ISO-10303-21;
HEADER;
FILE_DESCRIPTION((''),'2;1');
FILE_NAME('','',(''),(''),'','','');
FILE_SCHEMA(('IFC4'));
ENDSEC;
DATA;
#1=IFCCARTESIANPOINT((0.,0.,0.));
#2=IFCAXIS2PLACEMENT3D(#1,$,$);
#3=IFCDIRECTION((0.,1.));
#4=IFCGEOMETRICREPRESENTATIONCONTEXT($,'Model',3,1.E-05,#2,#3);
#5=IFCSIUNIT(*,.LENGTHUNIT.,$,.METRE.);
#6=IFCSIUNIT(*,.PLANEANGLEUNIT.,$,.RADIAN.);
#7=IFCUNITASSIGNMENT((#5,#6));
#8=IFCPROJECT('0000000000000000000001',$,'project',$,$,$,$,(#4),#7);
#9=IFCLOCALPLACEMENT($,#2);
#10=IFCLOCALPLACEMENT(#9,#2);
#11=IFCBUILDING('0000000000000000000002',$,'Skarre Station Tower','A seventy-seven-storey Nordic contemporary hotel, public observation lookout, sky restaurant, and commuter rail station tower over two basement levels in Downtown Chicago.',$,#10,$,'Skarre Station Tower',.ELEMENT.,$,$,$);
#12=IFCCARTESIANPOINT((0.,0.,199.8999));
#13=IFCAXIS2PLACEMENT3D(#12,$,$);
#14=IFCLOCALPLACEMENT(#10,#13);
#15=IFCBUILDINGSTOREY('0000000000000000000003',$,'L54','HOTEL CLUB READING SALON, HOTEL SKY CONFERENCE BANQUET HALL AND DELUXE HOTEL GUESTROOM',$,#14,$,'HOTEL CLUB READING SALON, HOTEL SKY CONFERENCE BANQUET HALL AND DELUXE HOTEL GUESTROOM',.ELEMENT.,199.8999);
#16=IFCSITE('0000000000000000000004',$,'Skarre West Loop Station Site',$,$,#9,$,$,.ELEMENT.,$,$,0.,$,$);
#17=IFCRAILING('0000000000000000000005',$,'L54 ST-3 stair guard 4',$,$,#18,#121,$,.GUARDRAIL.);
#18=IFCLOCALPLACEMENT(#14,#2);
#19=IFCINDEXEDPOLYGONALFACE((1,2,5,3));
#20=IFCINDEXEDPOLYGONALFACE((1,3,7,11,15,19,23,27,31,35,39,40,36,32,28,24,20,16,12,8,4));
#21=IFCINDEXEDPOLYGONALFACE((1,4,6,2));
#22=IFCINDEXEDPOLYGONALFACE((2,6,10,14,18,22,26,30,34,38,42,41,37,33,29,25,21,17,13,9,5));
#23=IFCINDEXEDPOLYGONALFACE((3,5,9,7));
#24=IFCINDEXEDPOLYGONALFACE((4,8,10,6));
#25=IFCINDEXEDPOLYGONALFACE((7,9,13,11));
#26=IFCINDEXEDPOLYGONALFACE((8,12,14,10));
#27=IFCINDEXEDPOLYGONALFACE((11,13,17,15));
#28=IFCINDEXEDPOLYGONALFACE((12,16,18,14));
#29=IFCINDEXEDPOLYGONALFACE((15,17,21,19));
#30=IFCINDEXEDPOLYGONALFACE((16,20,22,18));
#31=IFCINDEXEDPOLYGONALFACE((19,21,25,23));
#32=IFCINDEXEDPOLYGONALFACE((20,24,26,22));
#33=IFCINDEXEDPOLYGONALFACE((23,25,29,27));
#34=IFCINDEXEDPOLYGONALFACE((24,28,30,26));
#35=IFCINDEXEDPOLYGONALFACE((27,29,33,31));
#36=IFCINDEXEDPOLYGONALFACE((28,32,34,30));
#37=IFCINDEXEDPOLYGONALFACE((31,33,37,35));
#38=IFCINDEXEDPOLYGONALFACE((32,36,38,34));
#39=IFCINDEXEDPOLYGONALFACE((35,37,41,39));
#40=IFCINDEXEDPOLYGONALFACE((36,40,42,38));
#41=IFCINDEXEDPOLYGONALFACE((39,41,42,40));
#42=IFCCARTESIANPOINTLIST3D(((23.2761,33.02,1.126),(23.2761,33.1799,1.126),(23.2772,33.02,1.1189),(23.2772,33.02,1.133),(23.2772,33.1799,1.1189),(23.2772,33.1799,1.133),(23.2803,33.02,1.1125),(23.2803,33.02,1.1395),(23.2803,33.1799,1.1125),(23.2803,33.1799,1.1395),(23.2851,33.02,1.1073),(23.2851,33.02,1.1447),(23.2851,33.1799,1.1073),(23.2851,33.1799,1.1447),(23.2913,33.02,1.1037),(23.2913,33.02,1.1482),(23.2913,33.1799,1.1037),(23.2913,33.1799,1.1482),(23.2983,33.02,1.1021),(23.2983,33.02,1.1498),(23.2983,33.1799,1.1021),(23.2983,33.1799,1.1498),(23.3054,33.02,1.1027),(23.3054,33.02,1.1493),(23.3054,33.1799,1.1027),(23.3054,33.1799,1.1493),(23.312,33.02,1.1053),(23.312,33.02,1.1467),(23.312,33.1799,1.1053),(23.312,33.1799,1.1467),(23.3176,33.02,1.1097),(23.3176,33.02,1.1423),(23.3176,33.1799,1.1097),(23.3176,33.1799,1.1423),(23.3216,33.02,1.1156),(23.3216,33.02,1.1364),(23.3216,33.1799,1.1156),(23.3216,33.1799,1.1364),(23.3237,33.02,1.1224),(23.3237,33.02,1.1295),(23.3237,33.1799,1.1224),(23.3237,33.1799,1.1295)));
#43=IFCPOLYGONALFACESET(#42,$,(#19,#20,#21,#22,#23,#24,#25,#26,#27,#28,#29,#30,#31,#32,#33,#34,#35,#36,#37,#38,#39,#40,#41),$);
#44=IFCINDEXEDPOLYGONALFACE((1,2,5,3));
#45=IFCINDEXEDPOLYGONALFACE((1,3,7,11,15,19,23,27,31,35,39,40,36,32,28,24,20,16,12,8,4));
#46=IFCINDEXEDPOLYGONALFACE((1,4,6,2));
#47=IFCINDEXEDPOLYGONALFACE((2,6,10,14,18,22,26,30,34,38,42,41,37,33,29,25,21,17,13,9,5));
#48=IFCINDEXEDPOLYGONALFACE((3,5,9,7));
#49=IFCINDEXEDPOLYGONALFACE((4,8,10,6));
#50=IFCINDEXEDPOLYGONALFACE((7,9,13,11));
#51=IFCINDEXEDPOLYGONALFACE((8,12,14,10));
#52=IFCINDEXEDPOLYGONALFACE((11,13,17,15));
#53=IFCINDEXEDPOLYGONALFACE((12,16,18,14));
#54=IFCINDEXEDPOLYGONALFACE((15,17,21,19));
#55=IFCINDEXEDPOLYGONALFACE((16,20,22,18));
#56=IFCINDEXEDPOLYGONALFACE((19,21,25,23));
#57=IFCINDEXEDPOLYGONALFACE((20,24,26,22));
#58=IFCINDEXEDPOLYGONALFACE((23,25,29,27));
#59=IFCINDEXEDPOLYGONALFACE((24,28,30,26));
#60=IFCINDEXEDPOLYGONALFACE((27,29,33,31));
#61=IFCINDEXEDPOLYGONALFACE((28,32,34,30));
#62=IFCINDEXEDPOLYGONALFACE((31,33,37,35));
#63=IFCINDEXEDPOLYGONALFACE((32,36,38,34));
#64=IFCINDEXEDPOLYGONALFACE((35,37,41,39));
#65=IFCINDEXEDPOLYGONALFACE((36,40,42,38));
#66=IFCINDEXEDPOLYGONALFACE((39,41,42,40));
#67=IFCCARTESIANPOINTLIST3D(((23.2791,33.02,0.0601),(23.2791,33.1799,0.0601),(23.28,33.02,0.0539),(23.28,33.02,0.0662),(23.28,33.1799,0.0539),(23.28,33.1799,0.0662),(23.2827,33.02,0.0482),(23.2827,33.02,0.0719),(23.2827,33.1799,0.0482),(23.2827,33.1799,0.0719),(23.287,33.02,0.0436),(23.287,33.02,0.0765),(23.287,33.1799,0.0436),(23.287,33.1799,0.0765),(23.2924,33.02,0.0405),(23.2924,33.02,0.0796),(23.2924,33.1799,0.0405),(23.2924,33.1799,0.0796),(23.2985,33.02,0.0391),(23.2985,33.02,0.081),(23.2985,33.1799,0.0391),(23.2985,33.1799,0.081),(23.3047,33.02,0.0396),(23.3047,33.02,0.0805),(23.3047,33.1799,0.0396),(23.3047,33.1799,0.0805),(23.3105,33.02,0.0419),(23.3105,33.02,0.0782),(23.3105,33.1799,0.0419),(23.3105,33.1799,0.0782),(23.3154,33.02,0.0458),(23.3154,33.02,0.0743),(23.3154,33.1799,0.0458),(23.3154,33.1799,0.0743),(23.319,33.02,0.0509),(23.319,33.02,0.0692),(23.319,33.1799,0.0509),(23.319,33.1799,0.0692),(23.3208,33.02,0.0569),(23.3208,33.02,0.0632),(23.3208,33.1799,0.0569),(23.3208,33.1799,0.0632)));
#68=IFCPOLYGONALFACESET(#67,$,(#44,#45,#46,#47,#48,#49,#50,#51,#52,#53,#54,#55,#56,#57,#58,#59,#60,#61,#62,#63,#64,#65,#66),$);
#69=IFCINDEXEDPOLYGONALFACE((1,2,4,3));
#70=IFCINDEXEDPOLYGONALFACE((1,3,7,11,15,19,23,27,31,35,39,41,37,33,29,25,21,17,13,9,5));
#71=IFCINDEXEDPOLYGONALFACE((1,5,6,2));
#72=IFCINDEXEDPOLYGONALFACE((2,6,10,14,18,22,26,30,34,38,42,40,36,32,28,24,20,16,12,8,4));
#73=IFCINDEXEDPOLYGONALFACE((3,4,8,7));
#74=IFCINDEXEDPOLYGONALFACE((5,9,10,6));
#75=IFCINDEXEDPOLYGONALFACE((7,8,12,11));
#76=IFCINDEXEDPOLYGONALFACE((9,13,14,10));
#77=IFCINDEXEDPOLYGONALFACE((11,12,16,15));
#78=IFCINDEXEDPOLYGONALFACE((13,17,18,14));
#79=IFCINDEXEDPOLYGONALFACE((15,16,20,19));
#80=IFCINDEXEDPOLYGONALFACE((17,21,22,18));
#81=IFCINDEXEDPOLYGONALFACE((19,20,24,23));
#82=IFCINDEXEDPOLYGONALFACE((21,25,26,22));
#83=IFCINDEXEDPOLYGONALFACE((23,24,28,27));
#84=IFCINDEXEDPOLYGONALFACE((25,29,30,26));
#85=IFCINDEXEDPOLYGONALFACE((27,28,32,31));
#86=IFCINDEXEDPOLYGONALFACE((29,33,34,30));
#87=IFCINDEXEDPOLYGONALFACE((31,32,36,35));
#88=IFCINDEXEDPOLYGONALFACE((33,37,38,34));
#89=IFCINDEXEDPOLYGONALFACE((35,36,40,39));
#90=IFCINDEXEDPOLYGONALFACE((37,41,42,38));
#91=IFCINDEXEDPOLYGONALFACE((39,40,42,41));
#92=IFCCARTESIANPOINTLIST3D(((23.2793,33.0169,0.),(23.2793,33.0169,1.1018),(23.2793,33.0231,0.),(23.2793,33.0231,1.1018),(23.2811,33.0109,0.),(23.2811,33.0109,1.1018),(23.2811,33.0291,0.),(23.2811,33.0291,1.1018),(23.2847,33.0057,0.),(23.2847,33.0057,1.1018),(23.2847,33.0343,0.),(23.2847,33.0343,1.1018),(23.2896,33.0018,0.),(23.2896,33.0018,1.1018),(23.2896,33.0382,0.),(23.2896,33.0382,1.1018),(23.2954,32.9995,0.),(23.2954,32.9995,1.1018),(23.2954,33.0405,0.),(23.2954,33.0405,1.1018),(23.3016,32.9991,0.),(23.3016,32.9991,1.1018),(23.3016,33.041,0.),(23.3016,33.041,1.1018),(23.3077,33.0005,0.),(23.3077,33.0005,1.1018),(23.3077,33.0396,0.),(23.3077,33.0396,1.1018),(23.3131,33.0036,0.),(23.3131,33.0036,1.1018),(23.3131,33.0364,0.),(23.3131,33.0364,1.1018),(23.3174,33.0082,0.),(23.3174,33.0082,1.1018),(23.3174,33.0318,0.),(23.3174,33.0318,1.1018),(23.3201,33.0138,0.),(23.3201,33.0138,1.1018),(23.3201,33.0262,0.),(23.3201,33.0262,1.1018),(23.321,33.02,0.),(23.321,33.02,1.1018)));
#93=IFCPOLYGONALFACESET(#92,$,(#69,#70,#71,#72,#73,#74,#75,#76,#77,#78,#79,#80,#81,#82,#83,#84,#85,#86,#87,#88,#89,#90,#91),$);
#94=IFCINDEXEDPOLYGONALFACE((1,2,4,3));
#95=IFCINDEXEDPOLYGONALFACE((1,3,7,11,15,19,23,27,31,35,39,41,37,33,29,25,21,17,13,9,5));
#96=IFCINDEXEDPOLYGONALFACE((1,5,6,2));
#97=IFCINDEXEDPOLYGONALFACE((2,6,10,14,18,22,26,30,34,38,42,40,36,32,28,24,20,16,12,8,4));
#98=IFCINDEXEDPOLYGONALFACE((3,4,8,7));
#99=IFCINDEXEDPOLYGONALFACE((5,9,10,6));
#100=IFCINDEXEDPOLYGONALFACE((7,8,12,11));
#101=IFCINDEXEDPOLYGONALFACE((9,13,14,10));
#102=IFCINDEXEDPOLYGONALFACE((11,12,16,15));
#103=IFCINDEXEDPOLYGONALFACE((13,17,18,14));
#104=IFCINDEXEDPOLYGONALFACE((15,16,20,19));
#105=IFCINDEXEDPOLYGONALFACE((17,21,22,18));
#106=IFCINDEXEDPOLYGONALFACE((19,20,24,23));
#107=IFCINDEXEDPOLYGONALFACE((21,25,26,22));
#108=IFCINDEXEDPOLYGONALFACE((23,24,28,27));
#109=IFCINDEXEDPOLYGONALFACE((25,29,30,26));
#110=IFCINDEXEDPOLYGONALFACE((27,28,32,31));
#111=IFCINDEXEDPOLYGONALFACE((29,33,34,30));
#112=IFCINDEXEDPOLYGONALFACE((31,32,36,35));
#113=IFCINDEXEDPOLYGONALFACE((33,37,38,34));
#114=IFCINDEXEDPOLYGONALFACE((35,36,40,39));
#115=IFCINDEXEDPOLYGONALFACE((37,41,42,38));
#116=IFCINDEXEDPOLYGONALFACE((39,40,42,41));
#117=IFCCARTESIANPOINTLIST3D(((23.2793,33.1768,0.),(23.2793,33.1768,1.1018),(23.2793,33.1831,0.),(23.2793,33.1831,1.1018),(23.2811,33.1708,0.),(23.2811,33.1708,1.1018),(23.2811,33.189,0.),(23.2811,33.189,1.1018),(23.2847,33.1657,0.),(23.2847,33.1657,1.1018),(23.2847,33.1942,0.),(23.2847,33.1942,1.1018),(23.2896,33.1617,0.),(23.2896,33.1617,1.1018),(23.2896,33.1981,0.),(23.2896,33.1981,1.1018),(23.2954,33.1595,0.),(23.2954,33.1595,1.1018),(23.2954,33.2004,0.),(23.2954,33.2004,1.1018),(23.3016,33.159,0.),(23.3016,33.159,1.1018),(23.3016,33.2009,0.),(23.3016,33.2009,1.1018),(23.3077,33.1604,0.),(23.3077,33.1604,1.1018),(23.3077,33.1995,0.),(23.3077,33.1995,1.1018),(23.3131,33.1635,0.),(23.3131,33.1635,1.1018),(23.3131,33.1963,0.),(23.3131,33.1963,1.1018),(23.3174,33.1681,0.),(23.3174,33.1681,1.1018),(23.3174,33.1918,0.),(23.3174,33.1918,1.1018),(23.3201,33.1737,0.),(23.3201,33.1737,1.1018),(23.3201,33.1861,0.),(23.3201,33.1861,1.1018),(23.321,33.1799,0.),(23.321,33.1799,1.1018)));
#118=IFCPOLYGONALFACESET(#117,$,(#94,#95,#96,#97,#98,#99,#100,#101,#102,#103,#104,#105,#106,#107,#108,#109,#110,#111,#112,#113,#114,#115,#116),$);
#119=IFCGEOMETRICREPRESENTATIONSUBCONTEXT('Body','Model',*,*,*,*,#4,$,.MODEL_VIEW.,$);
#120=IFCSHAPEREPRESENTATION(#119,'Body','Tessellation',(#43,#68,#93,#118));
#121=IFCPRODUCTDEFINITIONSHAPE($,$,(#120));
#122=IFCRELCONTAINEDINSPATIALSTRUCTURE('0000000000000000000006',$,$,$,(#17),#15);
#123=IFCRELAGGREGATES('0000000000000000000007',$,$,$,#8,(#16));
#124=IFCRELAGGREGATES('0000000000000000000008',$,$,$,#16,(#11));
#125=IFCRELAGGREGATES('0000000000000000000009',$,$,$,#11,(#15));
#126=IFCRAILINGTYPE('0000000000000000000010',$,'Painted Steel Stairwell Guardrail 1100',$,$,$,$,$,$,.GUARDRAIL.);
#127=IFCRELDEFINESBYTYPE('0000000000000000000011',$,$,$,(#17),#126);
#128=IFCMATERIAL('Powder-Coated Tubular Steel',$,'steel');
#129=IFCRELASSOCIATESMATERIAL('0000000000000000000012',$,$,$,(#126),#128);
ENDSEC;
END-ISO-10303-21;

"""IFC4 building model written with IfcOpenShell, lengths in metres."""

from ifc_helpers import new_model, si_unit, direction, frame, origin, origin_2d, place, context, subcontext, project, spatial, circle, extrude, material, type_object, element, save


model = new_model("IFC4")

# Units and contexts
model_context = context("Model", 3, precision=1e-05, world=origin(), true_north=direction((0.0, 1.0)))
body_context = subcontext(model_context, "Body", "Model", "MODEL_VIEW")
ifc_project = project(units=[si_unit("LENGTHUNIT", "METRE"), si_unit("PLANEANGLEUNIT", "RADIAN")], contexts=[model_context])

# Site, building, storey
site_placement = place(None, origin())
site = spatial("IfcSite", under=ifc_project, at=site_placement, Name="Skarre West Loop Station Site", CompositionType="ELEMENT", RefElevation=0.0)
building_placement = place(site_placement, origin())
building = spatial("IfcBuilding", under=site, at=building_placement, Name="Skarre Station Tower", Description="A seventy-seven-storey Nordic contemporary hotel, public observation lookout, sky restaurant, and commuter rail station tower over two basement levels in Downtown Chicago.", LongName="Skarre Station Tower", CompositionType="ELEMENT")
storey_placement = place(building_placement, frame((0.0, 0.0, 199.8999)))
storey = spatial("IfcBuildingStorey", under=building, at=storey_placement, Name="L54", Description="HOTEL CLUB READING SALON, HOTEL SKY CONFERENCE BANQUET HALL AND DELUXE HOTEL GUESTROOM", LongName="HOTEL CLUB READING SALON, HOTEL SKY CONFERENCE BANQUET HALL AND DELUXE HOTEL GUESTROOM", CompositionType="ELEMENT", Elevation=199.8999)

# Railing
ifc_material_1 = material(Name="Powder-Coated Tubular Steel", Category="steel")
railing_type_1 = type_object("IfcRailingType", Name="Painted Steel Stairwell Guardrail 1100", PredefinedType="GUARDRAIL", material=ifc_material_1)
railing_1_placement = place(storey_placement, frame((23.3, 33.02, 0.0)))
element("IfcRailing", 1, at=railing_1_placement, inside=storey, type_object=railing_type_1, Name="L54 ST-3 stair guard 4", PredefinedType="GUARDRAIL", context=body_context, shape_type="SweptSolid", body=[
    extrude(circle(Radius=0.0239, at=origin_2d()), frame((0.0, 0.0, 1.126), z_axis=(0.0, 1.0, 0.0), x_axis=(-1.0, 0.0, 0.0)), (0.0, 0.0, 1.0), 0.1599),
    extrude(circle(Radius=0.021, at=origin_2d()), frame((0.0, 0.0, 0.0601), z_axis=(0.0, 1.0, 0.0), x_axis=(-1.0, 0.0, 0.0)), (0.0, 0.0, 1.0), 0.1599),
    extrude(circle(Radius=0.021, at=origin_2d()), origin(), (0.0, 0.0, 1.0), 1.1018),
    extrude(circle(Radius=0.021, at=origin_2d()), frame((0.0, 0.1599, 0.0)), (0.0, 0.0, 1.0), 1.1018),
])

save(model, "model.ifc")
